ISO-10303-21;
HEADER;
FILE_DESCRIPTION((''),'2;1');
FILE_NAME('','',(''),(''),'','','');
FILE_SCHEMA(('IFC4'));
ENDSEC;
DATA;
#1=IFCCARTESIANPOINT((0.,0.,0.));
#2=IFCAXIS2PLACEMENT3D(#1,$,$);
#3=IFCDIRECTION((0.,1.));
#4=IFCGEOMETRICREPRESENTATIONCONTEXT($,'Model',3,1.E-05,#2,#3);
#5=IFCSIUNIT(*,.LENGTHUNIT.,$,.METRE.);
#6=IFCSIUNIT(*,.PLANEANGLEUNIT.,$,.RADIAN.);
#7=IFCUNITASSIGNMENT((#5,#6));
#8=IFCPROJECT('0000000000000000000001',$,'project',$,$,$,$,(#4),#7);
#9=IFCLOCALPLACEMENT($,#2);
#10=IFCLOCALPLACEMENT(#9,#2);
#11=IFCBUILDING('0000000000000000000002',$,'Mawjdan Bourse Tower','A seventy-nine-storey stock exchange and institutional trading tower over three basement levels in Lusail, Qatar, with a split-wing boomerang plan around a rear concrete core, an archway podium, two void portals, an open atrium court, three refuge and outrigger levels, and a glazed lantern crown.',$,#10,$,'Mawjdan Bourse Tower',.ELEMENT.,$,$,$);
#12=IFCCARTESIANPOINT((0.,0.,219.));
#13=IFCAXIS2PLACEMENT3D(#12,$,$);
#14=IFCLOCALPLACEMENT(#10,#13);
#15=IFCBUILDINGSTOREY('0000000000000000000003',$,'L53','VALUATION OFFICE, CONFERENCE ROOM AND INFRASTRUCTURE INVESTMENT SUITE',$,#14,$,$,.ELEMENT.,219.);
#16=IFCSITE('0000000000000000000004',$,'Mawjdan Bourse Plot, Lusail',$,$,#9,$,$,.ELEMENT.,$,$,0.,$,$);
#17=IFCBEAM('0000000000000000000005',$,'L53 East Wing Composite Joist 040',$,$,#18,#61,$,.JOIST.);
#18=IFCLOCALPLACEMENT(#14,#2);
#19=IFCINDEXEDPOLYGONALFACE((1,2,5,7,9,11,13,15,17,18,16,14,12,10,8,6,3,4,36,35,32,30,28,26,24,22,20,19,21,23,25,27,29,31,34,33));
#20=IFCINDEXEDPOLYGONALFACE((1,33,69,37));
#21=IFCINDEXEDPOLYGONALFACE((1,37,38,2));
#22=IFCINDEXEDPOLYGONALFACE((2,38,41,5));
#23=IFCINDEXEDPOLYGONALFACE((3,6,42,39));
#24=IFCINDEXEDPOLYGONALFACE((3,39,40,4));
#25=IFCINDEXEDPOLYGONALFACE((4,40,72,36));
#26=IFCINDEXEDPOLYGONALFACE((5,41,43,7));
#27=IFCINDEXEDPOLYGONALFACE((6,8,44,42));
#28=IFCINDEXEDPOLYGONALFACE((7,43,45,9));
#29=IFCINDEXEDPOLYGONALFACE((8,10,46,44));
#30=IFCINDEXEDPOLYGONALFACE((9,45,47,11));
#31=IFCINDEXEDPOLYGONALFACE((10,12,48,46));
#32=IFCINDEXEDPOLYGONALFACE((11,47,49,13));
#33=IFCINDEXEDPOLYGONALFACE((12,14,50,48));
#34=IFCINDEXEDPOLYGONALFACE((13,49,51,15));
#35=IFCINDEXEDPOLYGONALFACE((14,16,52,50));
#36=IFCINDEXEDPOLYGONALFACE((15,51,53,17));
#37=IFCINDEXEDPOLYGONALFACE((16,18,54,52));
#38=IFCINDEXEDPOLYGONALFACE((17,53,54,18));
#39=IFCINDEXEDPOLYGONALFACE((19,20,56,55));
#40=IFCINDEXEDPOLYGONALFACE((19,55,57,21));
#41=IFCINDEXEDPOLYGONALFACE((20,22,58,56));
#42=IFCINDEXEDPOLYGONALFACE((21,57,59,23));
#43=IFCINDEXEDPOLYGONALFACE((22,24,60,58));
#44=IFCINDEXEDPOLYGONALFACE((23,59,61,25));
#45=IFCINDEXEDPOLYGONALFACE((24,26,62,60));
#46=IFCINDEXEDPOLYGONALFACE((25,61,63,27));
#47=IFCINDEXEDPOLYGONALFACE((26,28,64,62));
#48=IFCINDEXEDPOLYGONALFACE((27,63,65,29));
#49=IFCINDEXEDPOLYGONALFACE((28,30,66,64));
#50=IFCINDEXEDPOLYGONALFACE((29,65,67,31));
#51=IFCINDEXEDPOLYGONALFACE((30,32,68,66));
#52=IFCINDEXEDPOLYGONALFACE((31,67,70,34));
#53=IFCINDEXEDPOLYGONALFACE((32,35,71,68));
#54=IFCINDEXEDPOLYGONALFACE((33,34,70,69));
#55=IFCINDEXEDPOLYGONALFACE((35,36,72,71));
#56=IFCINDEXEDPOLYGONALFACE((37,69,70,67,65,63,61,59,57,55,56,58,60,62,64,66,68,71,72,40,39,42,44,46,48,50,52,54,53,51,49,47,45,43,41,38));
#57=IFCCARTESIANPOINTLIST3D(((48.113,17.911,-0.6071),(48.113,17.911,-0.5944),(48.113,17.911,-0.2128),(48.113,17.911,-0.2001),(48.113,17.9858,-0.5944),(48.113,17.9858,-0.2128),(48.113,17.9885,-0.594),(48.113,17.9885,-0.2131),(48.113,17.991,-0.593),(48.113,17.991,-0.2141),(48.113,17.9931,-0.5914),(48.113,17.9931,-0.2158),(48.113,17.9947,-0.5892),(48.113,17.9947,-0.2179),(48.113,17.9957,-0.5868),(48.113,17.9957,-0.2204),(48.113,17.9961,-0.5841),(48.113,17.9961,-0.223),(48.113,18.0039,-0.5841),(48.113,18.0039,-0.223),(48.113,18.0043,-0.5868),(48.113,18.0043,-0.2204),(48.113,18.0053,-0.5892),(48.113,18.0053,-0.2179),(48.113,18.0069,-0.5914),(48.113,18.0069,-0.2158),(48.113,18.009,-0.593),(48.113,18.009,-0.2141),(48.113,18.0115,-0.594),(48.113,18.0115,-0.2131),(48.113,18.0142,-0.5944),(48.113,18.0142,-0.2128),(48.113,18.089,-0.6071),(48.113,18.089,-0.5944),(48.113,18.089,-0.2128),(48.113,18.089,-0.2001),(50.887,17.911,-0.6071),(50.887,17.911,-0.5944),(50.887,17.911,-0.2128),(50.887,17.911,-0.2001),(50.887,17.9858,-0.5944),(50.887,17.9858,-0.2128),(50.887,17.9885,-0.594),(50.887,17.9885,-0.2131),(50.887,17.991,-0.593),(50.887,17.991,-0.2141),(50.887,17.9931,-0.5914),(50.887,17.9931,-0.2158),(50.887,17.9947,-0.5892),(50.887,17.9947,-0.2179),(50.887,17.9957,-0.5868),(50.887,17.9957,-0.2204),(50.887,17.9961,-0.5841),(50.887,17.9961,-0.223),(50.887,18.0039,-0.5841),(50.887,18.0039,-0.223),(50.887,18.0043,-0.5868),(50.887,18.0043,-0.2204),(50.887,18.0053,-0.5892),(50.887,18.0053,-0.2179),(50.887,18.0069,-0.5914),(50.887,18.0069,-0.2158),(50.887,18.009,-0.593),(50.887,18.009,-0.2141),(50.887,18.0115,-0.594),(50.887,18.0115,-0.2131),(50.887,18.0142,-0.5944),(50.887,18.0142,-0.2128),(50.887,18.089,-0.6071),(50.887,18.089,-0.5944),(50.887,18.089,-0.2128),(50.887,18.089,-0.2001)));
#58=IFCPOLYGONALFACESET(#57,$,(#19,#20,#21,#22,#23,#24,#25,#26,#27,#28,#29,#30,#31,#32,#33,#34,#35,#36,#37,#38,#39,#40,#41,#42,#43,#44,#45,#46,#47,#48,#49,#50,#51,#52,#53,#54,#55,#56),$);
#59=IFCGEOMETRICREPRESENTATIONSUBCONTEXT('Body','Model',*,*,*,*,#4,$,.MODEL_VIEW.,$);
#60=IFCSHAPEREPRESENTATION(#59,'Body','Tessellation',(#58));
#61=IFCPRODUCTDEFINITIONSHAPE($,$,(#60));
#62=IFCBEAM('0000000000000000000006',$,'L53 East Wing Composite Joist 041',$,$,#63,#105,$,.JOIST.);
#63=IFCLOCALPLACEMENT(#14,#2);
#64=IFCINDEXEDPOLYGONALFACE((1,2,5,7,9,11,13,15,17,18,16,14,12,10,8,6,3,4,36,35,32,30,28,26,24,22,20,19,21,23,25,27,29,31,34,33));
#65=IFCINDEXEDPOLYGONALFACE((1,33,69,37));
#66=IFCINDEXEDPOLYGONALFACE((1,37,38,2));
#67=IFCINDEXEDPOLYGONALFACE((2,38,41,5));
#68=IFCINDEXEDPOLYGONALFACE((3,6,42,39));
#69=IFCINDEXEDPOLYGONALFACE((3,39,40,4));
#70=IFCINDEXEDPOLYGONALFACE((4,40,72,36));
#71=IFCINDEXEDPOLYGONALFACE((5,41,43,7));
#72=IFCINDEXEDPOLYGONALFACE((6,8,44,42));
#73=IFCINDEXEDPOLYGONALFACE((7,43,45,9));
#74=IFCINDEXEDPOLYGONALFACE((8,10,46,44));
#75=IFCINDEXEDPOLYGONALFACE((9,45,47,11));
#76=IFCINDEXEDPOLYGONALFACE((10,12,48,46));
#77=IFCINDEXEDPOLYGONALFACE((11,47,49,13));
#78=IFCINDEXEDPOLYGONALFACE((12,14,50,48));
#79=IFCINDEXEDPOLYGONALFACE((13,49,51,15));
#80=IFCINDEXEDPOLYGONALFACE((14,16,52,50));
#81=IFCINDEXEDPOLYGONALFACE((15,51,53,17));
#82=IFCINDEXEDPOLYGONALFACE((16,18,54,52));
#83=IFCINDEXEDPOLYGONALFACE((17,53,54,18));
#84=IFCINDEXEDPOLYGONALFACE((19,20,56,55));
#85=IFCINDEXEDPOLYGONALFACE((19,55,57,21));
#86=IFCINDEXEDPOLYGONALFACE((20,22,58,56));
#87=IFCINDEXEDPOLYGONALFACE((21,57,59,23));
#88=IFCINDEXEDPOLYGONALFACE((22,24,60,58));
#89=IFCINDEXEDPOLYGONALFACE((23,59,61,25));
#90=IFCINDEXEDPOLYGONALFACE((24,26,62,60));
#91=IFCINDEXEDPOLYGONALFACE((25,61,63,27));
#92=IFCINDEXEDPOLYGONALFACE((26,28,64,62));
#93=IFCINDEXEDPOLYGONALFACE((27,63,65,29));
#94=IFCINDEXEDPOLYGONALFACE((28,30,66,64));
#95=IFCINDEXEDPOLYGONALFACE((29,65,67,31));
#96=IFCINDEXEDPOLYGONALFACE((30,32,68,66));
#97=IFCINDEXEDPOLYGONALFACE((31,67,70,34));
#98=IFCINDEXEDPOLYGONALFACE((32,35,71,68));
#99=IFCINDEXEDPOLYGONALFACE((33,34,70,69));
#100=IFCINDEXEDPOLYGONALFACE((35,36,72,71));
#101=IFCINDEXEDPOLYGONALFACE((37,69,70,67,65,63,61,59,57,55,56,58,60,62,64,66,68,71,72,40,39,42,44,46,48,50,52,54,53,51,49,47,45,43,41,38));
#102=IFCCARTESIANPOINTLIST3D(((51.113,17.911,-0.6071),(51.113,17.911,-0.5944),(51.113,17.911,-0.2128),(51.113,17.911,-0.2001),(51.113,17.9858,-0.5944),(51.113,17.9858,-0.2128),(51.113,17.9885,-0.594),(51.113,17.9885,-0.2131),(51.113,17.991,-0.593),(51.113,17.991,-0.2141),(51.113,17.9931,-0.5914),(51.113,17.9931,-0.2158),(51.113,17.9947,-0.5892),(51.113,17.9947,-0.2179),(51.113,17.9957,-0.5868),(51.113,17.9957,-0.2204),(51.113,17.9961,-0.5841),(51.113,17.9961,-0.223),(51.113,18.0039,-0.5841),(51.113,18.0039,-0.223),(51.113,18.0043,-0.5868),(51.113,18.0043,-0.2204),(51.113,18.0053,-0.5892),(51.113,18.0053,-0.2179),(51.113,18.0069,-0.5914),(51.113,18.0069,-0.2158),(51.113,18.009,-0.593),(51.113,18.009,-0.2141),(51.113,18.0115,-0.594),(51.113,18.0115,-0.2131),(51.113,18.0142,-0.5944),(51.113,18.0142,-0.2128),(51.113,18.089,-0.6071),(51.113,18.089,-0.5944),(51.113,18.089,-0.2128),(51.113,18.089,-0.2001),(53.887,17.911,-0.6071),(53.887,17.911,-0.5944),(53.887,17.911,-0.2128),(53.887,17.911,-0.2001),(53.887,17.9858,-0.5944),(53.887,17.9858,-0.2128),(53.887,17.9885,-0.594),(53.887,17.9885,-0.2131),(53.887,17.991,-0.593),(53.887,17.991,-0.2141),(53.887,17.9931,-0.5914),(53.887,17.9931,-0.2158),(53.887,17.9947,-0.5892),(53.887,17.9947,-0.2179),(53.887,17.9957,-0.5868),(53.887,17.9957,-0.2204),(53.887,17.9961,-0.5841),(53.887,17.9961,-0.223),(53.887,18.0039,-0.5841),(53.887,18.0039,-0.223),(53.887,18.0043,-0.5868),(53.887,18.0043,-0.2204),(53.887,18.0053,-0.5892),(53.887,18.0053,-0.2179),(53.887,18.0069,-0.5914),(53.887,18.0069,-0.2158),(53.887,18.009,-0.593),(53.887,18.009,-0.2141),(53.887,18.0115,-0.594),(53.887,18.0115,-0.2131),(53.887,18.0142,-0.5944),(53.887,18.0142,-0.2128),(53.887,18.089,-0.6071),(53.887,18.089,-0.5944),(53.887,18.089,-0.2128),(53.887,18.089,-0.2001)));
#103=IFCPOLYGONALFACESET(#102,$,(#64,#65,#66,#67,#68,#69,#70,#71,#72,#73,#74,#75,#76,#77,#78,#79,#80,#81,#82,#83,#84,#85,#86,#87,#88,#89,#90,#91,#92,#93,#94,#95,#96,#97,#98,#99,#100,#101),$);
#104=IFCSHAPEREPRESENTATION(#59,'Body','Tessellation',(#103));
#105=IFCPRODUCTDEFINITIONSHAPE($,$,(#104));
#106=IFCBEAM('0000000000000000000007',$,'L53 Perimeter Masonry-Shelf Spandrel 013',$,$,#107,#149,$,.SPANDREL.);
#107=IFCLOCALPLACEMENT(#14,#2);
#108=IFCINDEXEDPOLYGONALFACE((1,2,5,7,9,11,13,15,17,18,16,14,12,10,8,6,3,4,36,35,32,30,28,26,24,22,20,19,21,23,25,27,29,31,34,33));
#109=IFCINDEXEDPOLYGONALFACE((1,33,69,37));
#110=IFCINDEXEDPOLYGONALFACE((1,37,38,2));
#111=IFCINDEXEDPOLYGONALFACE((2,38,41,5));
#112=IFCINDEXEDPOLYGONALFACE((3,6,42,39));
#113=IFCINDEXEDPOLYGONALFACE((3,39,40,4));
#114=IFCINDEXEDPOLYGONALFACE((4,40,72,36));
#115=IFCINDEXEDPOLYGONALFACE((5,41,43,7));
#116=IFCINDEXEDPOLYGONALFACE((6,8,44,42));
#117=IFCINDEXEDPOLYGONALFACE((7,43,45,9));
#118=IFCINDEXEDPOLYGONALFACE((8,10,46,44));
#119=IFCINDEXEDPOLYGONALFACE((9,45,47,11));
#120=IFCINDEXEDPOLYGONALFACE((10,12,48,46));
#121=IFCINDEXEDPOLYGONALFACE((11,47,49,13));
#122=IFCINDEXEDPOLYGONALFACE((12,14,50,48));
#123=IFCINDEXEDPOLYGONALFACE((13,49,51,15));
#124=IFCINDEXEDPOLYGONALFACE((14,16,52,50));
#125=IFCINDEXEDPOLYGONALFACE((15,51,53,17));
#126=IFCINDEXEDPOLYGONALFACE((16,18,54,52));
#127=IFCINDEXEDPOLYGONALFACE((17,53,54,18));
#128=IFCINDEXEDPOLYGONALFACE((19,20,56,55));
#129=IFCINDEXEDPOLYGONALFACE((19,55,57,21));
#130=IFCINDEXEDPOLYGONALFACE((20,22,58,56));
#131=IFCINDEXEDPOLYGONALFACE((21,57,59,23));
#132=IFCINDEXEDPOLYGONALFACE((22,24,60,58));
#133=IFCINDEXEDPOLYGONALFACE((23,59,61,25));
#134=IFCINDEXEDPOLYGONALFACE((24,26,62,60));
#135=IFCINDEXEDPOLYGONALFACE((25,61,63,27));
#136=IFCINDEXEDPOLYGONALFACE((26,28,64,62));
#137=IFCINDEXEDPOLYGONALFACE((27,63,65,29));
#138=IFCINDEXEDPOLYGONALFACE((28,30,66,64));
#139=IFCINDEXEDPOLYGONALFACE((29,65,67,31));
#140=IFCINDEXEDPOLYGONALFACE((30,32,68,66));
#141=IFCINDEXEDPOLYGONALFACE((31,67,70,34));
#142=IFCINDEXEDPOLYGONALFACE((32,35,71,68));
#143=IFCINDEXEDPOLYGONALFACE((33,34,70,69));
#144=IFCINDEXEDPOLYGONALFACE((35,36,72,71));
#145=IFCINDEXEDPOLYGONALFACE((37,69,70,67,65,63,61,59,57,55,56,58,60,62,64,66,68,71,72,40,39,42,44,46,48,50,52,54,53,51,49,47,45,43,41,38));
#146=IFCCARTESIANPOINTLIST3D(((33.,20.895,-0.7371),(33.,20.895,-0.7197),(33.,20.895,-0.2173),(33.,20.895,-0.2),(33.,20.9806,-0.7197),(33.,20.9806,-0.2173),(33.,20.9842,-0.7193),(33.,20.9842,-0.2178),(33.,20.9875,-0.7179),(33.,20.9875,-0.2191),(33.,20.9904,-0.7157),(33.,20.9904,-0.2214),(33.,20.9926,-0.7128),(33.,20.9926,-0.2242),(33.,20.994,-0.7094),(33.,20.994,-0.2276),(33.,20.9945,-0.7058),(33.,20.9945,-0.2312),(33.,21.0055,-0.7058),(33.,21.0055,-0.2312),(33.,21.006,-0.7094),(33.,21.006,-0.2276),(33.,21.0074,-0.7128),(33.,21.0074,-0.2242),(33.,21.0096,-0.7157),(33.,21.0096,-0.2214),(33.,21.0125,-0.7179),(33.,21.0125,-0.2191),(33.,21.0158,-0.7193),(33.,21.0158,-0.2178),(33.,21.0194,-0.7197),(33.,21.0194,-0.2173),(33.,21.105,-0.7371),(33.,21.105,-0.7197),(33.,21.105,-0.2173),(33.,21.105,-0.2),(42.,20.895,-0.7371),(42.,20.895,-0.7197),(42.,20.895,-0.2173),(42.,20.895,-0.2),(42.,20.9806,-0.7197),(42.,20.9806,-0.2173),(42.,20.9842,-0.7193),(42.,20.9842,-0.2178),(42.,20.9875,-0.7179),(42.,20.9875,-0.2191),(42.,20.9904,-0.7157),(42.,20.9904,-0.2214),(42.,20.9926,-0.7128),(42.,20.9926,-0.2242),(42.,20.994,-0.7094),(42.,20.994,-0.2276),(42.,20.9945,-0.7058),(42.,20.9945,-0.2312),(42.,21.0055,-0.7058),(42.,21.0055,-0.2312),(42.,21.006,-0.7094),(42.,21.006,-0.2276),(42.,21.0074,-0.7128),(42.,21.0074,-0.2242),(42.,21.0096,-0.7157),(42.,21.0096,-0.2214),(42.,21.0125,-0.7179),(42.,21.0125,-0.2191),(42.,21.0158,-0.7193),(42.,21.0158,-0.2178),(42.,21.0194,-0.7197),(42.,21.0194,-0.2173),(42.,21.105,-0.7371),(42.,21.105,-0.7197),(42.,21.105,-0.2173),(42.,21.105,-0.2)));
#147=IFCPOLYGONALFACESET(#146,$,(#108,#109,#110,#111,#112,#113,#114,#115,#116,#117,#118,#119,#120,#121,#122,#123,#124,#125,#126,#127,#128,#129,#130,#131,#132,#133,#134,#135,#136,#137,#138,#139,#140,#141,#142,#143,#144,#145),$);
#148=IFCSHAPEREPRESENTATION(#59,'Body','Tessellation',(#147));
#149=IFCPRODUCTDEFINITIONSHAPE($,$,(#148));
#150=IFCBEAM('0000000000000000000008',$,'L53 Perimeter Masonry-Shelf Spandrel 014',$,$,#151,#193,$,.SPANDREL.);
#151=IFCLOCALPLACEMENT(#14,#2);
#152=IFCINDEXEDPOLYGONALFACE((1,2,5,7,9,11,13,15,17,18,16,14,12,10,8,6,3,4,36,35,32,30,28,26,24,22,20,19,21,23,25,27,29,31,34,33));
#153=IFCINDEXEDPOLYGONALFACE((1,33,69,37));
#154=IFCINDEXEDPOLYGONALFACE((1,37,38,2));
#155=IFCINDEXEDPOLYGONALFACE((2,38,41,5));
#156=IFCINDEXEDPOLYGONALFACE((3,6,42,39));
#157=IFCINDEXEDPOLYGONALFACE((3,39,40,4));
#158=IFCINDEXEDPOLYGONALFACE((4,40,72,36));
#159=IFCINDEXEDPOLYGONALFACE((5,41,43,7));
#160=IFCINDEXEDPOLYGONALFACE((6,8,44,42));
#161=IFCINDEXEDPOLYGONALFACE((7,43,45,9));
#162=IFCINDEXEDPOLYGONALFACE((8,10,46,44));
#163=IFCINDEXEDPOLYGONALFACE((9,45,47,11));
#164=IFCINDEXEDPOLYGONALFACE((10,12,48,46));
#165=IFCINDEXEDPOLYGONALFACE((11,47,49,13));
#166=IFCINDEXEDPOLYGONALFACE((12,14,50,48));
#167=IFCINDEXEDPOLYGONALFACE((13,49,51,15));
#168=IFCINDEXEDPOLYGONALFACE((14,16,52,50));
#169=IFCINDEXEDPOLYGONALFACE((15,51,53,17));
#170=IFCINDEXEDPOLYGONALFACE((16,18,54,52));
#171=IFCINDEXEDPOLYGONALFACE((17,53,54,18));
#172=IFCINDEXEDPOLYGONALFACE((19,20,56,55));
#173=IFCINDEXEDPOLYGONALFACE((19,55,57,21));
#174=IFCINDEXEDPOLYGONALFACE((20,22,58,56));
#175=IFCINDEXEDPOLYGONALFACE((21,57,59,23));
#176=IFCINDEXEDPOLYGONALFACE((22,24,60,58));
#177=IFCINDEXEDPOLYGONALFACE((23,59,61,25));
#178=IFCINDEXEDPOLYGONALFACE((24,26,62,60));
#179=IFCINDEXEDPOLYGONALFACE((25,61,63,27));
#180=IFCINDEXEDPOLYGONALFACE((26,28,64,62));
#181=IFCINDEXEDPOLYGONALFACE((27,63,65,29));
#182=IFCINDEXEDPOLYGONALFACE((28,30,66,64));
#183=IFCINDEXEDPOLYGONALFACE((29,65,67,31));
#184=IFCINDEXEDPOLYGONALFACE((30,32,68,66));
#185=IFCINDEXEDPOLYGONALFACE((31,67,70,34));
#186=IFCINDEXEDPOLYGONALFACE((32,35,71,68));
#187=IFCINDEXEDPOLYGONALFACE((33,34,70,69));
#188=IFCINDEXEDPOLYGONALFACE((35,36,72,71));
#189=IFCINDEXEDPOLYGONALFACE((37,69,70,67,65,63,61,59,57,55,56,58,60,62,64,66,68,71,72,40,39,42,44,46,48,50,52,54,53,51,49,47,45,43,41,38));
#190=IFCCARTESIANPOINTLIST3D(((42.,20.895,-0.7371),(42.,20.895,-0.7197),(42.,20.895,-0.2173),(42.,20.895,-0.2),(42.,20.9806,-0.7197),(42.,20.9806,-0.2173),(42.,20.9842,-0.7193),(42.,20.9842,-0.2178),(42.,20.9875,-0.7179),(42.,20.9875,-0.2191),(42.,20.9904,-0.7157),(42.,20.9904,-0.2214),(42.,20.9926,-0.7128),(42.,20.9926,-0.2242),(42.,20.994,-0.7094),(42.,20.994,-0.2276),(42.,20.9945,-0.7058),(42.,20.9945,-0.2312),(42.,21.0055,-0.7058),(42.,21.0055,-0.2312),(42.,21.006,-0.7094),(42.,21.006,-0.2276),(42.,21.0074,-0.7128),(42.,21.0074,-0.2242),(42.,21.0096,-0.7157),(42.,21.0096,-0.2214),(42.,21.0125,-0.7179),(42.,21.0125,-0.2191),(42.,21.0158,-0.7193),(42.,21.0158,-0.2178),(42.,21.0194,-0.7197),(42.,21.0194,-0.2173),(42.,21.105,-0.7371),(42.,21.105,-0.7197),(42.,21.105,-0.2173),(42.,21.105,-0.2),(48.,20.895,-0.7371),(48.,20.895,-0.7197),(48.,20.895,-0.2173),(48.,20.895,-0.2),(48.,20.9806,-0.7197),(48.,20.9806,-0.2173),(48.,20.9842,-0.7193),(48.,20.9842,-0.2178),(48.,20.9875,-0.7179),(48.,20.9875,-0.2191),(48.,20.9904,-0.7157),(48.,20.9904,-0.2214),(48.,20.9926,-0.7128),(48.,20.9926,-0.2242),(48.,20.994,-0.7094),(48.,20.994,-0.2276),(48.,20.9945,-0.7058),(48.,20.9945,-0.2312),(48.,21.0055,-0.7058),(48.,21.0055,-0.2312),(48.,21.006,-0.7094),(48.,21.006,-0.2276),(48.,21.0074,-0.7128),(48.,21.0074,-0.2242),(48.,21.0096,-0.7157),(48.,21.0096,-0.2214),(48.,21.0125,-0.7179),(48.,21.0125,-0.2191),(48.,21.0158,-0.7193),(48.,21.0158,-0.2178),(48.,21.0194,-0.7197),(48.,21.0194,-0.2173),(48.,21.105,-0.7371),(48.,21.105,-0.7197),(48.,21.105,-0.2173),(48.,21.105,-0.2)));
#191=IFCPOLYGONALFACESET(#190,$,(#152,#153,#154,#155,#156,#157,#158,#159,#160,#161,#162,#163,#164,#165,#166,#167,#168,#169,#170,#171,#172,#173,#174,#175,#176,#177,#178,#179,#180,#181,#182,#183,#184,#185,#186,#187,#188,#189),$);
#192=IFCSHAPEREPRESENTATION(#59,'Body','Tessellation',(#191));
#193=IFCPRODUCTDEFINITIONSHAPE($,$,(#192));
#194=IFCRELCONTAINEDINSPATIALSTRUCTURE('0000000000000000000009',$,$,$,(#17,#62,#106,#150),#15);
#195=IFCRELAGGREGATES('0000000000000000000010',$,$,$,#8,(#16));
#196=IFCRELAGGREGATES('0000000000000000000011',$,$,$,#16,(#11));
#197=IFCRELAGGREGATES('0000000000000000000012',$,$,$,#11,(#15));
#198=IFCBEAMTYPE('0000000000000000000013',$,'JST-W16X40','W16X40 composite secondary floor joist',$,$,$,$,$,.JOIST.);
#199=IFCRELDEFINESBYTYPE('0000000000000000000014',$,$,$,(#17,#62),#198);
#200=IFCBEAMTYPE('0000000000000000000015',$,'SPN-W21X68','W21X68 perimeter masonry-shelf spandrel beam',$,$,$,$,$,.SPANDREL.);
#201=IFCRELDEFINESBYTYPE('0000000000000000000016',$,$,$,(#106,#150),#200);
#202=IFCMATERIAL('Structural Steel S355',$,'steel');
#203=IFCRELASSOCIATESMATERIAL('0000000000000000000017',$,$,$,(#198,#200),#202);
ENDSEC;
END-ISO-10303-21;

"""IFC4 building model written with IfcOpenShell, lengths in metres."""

from ifc_helpers import new_model, si_unit, direction, frame, origin, origin_2d, place, context, subcontext, project, spatial, i_section, extrude, material, material_profile, profile_set, type_object, element, save


model = new_model("IFC4")

# Units and contexts
model_context = context("Model", 3, precision=1e-05, world=origin(), true_north=direction((0.0, 1.0)))
body_context = subcontext(model_context, "Body", "Model", "MODEL_VIEW")
ifc_project = project(units=[si_unit("LENGTHUNIT", "METRE"), si_unit("PLANEANGLEUNIT", "RADIAN")], contexts=[model_context])

# Site, building, storey
site_placement = place(None, origin())
site = spatial("IfcSite", under=ifc_project, at=site_placement, Name="Mawjdan Bourse Plot, Lusail", CompositionType="ELEMENT", RefElevation=0.0)
building_placement = place(site_placement, origin())
building = spatial("IfcBuilding", under=site, at=building_placement, Name="Mawjdan Bourse Tower", Description="A seventy-nine-storey stock exchange and institutional trading tower over three basement levels in Lusail, Qatar, with a split-wing boomerang plan around a rear concrete core, an archway podium, two void portals, an open atrium court, three refuge and outrigger levels, and a glazed lantern crown.", LongName="Mawjdan Bourse Tower", CompositionType="ELEMENT")
storey_placement = place(building_placement, frame((0.0, 0.0, 219.0)))
storey = spatial("IfcBuildingStorey", under=building, at=storey_placement, Name="L53", Description="VALUATION OFFICE, CONFERENCE ROOM AND INFRASTRUCTURE INVESTMENT SUITE", CompositionType="ELEMENT", Elevation=219.0)

# Beams
ifc_material_1 = material(Name="Structural Steel S355", Category="steel")
ifc_material_profile_1 = material_profile(ifc_material_1, i_section(OverallWidth=0.178, OverallDepth=0.407, WebThickness=0.0078, FlangeThickness=0.0127, FilletRadius=0.0103, at=origin_2d()), Name="W16X40")
ifc_profile_set_1 = profile_set([ifc_material_profile_1], Name="Structural Steel S355")
beam_type_1 = type_object("IfcBeamType", Name="JST-W16X40", Description="W16X40 composite secondary floor joist", PredefinedType="JOIST", material=ifc_profile_set_1)
for number, where, z_axis, x_axis, name in (
    (1, (48.113, 18.0, -0.4036), (1.0, 0.0, 0.0), (0.0, 1.0, 0.0), "L53 East Wing Composite Joist 040"),
    (2, (51.113, 18.0, -0.4036), (1.0, 0.0, 0.0), (0.0, 1.0, 0.0), "L53 East Wing Composite Joist 041"),
):
    element("IfcBeam", number, at=place(storey_placement, frame(where, z_axis=z_axis, x_axis=x_axis)), inside=storey, type_object=beam_type_1, Name=name, PredefinedType="JOIST", context=body_context, shape_type="SweptSolid", body=[
        extrude(i_section(OverallWidth=0.178, OverallDepth=0.407, WebThickness=0.0078, FlangeThickness=0.0127, FilletRadius=0.0103, at=origin_2d()), origin(), (0.0, 0.0, 1.0), 2.7739),
    ])
ifc_material_profile_2 = material_profile(ifc_material_1, i_section(OverallWidth=0.21, OverallDepth=0.5371, WebThickness=0.011, FlangeThickness=0.0173, FilletRadius=0.0139, at=origin_2d()), Name="W21X68")
ifc_profile_set_2 = profile_set([ifc_material_profile_2], Name="Structural Steel S355")
beam_type_2 = type_object("IfcBeamType", Name="SPN-W21X68", Description="W21X68 perimeter masonry-shelf spandrel beam", PredefinedType="SPANDREL", material=ifc_profile_set_2)
beam_1_placement = place(storey_placement, frame((33.0, 21.0, -0.4685), z_axis=(1.0, 0.0, 0.0), x_axis=(0.0, 1.0, 0.0)))
element("IfcBeam", 3, at=beam_1_placement, inside=storey, type_object=beam_type_2, Name="L53 Perimeter Masonry-Shelf Spandrel 013", PredefinedType="SPANDREL", context=body_context, shape_type="SweptSolid", body=[
    extrude(i_section(OverallWidth=0.21, OverallDepth=0.5371, WebThickness=0.011, FlangeThickness=0.0173, FilletRadius=0.0139, at=origin_2d()), origin(), (0.0, 0.0, 1.0), 9.0),
])
beam_2_placement = place(storey_placement, frame((42.0, 21.0, -0.4685), z_axis=(1.0, 0.0, 0.0), x_axis=(0.0, 1.0, 0.0)))
element("IfcBeam", 4, at=beam_2_placement, inside=storey, type_object=beam_type_2, Name="L53 Perimeter Masonry-Shelf Spandrel 014", PredefinedType="SPANDREL", context=body_context, shape_type="SweptSolid", body=[
    extrude(i_section(OverallWidth=0.21, OverallDepth=0.5371, WebThickness=0.011, FlangeThickness=0.0173, FilletRadius=0.0139, at=origin_2d()), origin(), (0.0, 0.0, 1.0), 6.0),
])

save(model, "model.ifc")
